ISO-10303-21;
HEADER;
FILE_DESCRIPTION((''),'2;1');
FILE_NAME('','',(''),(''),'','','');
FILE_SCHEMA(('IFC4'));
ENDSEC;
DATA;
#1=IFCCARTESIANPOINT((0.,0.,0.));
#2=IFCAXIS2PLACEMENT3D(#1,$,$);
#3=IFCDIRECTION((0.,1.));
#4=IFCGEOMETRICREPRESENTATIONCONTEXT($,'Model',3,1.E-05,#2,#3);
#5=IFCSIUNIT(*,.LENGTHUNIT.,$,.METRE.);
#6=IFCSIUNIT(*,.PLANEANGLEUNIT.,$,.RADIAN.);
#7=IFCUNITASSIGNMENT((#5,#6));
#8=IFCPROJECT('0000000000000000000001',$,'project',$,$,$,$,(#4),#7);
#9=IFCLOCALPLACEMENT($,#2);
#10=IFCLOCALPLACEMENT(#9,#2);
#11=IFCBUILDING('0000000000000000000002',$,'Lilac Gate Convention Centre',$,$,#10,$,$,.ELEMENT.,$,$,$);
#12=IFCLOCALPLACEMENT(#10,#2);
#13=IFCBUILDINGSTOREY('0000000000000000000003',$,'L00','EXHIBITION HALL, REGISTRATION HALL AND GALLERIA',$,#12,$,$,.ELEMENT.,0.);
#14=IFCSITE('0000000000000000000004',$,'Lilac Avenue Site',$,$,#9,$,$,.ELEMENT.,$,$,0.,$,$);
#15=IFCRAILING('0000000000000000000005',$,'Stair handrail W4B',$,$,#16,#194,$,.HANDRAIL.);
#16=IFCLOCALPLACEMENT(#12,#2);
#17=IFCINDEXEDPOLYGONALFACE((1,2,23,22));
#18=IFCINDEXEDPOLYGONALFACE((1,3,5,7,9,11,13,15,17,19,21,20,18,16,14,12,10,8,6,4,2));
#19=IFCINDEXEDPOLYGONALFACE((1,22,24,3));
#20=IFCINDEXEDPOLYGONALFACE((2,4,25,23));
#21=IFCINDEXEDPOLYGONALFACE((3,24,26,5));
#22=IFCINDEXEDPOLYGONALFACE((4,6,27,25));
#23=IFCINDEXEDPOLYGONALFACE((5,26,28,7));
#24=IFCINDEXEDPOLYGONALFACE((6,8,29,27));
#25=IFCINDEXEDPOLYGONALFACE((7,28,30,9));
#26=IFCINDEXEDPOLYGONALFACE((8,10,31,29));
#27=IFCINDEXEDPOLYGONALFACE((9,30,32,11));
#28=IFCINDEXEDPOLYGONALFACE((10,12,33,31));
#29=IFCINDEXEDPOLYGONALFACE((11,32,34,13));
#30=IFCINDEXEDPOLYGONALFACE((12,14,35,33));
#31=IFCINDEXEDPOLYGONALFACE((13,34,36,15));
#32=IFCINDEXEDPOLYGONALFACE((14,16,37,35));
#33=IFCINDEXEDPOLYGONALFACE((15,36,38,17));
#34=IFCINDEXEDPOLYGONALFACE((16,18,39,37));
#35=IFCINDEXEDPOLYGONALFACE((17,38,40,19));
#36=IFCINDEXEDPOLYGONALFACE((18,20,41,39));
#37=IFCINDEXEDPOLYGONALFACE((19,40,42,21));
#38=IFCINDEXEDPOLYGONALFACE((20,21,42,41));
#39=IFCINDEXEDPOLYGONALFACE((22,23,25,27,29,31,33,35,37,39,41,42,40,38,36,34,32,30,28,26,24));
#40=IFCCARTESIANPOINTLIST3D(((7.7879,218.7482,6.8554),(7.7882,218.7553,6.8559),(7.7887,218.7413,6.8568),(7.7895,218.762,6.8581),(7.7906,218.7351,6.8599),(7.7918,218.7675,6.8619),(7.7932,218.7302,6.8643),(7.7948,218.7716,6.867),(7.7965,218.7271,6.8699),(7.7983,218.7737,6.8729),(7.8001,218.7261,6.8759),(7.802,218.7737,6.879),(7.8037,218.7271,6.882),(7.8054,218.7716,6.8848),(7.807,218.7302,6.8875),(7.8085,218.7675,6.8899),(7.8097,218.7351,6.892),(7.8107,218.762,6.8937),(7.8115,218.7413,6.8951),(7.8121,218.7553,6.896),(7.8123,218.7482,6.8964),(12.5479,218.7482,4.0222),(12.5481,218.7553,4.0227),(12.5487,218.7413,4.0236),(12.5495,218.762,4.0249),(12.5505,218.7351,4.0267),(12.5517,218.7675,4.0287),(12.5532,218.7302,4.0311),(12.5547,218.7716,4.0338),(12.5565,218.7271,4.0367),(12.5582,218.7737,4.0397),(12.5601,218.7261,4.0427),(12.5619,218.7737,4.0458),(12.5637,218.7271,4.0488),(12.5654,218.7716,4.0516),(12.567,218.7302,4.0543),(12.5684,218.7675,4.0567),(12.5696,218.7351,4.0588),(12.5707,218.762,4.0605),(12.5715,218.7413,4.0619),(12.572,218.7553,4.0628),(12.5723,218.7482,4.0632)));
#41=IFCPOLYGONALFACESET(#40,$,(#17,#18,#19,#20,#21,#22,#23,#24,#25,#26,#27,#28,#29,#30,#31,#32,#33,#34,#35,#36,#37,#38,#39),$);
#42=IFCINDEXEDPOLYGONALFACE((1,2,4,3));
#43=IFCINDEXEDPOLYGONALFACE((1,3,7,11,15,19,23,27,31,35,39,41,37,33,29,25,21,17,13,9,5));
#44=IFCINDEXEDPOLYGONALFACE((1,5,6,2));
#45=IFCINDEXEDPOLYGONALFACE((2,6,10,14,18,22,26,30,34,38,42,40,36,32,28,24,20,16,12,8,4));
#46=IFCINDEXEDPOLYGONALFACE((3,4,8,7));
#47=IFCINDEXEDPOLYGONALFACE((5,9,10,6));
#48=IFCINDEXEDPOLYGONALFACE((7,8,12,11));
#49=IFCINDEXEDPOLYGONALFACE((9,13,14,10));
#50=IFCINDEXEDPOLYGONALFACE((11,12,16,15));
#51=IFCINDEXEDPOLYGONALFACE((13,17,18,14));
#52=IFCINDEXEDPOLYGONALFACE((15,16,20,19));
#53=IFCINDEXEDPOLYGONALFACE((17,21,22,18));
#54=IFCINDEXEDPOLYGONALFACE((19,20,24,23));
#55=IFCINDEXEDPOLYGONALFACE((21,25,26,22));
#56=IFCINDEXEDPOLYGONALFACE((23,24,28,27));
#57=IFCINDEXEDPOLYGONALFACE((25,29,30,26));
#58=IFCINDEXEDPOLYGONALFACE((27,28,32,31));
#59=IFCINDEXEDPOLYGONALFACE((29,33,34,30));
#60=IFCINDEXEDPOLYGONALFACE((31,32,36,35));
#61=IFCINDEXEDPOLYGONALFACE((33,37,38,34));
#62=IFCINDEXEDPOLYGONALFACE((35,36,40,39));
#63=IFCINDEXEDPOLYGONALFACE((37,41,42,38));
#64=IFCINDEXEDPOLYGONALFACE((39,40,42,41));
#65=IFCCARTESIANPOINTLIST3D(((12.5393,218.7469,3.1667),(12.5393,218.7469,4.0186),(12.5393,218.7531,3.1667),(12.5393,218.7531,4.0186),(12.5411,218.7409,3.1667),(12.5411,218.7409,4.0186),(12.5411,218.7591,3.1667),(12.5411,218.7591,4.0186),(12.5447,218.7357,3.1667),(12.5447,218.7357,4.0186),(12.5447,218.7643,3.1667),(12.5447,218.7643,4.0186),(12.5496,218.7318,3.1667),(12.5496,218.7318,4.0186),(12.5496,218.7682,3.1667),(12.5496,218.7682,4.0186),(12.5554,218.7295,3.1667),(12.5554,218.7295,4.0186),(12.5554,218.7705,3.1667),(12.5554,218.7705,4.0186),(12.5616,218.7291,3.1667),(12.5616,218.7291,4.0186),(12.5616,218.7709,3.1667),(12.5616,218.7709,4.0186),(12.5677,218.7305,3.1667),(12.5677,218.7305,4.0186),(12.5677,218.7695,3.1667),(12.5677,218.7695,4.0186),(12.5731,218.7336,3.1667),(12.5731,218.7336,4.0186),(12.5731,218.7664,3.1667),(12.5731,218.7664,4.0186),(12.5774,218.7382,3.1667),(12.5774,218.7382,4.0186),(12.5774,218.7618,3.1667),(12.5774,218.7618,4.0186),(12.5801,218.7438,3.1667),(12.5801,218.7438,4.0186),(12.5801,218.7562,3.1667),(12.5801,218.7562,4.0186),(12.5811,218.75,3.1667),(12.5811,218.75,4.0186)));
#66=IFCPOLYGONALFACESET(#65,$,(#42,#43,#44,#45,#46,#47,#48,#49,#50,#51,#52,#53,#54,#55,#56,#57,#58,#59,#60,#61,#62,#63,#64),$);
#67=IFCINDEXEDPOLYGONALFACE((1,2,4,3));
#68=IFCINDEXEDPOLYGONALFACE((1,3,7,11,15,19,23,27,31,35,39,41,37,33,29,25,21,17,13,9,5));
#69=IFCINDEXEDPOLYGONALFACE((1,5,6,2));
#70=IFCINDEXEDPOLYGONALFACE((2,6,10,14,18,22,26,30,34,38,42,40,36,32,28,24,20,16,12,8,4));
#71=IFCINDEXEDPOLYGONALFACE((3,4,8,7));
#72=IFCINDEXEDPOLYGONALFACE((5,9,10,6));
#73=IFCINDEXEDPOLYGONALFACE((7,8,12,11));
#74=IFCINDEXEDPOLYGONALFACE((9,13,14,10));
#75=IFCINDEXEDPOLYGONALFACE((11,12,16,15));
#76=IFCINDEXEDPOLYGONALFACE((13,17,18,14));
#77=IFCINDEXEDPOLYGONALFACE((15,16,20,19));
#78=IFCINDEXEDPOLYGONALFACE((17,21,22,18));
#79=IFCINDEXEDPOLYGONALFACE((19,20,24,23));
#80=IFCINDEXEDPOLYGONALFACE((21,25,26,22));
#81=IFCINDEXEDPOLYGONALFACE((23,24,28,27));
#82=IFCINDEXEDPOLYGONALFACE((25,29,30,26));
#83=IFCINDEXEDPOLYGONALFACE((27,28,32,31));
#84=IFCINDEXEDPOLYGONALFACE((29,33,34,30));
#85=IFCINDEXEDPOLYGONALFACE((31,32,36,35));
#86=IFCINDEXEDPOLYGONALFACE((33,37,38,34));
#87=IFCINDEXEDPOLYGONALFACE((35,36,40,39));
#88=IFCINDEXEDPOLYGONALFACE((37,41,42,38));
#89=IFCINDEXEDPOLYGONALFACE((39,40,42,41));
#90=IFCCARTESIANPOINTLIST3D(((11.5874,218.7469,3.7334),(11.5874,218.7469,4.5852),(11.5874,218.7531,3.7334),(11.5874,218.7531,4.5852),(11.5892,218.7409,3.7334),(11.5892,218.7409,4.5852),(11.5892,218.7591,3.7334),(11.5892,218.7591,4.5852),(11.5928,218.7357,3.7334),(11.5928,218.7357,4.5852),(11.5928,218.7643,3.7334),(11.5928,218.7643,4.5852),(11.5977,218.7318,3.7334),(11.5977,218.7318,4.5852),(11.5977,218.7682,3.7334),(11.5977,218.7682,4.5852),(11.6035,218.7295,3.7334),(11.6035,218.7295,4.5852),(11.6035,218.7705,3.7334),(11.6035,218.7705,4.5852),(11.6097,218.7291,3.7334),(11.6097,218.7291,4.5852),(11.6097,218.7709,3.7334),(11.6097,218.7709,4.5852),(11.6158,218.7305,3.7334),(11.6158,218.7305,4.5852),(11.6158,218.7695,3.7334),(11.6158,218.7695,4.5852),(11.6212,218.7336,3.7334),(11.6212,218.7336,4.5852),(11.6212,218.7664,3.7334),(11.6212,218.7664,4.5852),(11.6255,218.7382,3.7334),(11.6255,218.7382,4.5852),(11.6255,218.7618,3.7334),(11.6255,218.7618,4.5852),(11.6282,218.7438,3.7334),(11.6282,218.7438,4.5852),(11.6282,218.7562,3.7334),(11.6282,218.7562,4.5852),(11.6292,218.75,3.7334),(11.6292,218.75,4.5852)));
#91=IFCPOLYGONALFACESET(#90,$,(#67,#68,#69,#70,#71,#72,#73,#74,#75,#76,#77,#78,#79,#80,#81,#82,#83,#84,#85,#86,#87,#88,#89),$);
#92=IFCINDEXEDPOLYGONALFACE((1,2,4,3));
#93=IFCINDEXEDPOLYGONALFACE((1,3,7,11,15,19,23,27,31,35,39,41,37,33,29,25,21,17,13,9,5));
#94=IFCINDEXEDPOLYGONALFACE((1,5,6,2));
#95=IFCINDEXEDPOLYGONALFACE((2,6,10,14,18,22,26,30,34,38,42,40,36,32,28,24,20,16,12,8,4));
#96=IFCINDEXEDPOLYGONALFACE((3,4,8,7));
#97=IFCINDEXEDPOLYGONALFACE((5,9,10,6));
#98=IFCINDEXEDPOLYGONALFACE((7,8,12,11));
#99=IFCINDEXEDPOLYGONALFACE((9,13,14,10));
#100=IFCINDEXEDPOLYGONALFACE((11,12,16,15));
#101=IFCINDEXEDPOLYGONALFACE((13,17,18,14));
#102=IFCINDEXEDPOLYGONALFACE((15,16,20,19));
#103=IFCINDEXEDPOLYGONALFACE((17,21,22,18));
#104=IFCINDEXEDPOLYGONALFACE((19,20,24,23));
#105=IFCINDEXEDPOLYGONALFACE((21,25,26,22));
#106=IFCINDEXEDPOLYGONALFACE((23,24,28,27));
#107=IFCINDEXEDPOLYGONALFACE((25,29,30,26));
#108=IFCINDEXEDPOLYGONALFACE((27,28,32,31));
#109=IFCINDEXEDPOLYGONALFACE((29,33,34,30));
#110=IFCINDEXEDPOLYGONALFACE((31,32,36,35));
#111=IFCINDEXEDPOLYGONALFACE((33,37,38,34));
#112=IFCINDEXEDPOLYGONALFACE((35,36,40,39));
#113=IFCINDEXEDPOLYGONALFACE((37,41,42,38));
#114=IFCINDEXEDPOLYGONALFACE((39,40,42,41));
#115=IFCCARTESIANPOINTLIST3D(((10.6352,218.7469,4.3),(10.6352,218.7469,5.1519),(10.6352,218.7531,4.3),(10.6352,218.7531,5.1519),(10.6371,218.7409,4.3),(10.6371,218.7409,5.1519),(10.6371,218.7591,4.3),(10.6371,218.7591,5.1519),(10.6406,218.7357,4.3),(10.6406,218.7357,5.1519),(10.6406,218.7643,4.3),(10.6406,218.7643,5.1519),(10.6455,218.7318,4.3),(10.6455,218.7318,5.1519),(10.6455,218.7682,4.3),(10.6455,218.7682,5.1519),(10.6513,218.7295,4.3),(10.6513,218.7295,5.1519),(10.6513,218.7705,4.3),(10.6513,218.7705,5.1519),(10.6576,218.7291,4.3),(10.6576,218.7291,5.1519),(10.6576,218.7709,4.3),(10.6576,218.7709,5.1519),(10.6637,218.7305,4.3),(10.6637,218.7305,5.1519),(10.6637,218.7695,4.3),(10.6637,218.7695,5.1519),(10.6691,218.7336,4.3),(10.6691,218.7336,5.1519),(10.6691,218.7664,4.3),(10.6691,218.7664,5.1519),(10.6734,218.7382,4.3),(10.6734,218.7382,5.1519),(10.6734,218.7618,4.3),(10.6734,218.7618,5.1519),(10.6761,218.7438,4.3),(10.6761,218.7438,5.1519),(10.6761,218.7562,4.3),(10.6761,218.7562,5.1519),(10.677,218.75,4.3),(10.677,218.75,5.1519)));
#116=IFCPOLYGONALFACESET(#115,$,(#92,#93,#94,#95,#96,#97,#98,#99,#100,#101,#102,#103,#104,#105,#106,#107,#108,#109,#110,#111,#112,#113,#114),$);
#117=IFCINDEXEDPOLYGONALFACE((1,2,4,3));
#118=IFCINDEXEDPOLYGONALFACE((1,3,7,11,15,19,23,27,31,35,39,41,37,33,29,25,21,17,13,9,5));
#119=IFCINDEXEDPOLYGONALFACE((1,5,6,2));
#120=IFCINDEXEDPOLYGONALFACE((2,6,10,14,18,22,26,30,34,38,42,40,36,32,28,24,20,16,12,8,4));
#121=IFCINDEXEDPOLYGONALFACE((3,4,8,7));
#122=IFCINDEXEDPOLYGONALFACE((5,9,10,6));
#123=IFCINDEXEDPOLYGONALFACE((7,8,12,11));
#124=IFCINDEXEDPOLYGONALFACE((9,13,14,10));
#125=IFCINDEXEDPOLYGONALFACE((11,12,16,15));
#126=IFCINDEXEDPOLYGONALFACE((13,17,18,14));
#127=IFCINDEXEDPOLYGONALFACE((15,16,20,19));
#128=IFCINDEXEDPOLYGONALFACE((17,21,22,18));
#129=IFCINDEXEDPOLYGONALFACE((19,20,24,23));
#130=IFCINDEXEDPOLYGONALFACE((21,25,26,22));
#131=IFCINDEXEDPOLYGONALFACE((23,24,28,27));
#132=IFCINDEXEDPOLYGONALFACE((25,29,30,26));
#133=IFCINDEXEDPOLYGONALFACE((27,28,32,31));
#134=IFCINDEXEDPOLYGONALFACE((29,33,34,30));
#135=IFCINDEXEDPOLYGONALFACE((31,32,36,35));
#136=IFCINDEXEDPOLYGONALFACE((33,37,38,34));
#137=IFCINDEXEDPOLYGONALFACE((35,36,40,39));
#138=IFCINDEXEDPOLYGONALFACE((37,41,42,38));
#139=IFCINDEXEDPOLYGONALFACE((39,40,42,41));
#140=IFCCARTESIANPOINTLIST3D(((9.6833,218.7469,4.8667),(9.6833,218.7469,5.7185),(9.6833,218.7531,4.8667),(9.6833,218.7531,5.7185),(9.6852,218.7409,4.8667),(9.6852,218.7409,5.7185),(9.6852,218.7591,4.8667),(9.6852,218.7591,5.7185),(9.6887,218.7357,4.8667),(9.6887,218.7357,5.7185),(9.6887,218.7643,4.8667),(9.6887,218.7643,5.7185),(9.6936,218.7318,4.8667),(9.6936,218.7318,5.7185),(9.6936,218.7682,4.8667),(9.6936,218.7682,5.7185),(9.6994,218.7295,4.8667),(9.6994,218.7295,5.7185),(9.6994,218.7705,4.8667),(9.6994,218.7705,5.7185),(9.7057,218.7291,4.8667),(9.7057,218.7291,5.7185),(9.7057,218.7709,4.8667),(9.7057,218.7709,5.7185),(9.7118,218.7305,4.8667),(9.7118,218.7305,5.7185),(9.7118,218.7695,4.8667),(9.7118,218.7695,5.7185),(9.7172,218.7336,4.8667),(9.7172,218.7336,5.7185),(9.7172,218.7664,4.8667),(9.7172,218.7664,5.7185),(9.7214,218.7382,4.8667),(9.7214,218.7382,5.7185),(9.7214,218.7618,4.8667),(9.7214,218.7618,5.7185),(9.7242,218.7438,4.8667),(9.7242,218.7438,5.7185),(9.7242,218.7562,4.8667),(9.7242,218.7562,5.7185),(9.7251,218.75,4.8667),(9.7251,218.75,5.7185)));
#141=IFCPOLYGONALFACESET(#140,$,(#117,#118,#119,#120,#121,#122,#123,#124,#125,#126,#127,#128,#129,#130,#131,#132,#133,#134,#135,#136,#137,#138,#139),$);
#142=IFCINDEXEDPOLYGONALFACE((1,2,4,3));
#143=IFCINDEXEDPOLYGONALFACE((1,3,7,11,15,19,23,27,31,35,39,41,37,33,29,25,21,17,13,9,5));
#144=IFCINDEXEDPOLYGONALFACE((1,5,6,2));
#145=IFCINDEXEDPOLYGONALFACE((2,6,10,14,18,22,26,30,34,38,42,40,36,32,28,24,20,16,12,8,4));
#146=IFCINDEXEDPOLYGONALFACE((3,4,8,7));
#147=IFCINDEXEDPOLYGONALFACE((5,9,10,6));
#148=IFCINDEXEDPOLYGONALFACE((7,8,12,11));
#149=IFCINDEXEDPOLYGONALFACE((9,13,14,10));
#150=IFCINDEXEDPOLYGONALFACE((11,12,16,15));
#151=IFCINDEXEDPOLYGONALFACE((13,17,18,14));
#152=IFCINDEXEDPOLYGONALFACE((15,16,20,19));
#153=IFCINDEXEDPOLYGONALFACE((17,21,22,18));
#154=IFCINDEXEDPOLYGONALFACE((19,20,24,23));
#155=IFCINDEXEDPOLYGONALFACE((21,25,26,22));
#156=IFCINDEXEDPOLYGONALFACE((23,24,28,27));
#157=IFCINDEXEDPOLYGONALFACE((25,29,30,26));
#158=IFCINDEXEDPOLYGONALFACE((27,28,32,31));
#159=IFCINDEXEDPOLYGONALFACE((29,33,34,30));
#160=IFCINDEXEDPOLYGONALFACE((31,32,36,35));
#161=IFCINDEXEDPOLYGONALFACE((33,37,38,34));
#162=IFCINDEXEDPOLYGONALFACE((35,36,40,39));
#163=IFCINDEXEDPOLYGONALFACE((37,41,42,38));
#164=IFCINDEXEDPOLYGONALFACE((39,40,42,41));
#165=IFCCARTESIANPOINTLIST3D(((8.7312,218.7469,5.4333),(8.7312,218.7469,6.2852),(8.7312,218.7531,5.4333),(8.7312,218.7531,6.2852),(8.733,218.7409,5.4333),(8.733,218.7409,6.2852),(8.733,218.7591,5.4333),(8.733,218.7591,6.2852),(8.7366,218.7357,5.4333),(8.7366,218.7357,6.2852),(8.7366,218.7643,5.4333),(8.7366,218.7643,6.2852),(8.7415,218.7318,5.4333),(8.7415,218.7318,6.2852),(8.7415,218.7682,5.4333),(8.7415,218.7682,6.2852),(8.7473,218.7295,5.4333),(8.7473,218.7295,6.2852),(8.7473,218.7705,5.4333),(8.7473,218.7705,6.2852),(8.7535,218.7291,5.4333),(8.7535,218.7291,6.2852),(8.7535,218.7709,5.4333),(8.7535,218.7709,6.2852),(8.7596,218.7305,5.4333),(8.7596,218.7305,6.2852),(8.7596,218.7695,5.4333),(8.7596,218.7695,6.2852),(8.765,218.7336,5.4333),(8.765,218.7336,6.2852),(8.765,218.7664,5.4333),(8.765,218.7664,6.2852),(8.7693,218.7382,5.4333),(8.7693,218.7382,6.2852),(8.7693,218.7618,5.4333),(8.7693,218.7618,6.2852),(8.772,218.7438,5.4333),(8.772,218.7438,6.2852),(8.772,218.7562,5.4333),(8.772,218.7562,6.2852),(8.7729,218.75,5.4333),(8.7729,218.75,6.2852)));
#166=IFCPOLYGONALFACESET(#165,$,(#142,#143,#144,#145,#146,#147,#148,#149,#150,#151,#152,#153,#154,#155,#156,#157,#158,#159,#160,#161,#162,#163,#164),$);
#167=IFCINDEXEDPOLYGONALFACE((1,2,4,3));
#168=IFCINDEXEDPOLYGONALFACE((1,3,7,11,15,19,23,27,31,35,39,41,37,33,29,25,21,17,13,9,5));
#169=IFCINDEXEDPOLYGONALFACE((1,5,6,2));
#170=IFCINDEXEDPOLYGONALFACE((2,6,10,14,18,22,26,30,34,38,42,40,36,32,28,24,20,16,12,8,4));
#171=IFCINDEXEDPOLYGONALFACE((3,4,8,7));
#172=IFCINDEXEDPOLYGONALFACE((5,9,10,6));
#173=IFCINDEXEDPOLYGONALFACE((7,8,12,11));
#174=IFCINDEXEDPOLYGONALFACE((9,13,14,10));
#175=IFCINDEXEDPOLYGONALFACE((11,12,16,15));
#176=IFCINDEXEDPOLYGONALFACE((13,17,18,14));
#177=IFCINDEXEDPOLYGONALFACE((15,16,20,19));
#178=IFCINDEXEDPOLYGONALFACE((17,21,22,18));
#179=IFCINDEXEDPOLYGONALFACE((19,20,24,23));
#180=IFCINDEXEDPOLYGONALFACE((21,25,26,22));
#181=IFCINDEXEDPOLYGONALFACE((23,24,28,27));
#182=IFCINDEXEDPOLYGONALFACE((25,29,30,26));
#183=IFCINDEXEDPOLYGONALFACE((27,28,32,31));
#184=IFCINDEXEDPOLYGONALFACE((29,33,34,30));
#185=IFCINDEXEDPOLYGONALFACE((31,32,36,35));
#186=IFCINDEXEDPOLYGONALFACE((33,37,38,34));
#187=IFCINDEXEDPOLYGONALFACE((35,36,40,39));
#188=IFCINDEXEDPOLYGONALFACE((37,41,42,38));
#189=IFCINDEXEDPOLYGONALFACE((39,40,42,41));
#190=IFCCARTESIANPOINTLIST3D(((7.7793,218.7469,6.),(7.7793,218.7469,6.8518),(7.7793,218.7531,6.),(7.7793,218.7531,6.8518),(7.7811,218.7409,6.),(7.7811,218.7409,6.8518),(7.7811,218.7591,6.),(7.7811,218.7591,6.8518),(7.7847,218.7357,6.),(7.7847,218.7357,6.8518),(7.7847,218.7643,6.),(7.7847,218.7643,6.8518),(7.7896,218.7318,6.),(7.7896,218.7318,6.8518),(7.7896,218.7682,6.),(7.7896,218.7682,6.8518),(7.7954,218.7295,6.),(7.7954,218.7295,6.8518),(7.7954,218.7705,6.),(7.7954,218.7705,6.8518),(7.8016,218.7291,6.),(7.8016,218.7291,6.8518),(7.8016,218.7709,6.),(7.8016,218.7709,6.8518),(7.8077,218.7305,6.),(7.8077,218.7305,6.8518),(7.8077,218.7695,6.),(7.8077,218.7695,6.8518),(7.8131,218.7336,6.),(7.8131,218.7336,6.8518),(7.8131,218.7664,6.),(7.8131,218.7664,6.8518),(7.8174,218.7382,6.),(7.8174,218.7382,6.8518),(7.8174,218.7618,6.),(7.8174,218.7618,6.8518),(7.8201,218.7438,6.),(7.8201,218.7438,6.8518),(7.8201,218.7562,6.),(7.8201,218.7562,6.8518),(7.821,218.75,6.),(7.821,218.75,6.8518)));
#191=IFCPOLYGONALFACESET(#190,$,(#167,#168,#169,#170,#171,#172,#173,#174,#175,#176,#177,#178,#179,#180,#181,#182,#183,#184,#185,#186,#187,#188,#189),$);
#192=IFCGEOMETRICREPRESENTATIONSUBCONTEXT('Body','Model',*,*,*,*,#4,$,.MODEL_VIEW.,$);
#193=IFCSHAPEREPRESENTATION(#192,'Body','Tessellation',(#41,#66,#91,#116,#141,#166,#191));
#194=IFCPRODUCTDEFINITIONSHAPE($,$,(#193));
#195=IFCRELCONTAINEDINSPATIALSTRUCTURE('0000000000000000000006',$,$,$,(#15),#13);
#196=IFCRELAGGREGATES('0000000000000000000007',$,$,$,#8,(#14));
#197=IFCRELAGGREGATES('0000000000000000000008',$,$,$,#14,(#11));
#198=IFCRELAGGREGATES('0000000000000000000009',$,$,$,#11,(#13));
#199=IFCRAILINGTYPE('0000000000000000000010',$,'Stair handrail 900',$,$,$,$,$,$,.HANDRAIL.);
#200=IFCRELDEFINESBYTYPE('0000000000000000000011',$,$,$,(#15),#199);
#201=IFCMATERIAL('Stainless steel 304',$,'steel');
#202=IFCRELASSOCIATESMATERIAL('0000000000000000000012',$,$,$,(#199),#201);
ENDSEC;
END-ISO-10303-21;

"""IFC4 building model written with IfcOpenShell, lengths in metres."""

from ifc_helpers import new_model, si_unit, direction, frame, origin, origin_2d, place, context, subcontext, project, spatial, circle, extrude, material, type_object, element, save


model = new_model("IFC4")

# Units and contexts
model_context = context("Model", 3, precision=1e-05, world=origin(), true_north=direction((0.0, 1.0)))
body_context = subcontext(model_context, "Body", "Model", "MODEL_VIEW")
ifc_project = project(units=[si_unit("LENGTHUNIT", "METRE"), si_unit("PLANEANGLEUNIT", "RADIAN")], contexts=[model_context])

# Site, building, storey
site_placement = place(None, origin())
site = spatial("IfcSite", under=ifc_project, at=site_placement, Name="Lilac Avenue Site", CompositionType="ELEMENT", RefElevation=0.0)
building_placement = place(site_placement, origin())
building = spatial("IfcBuilding", under=site, at=building_placement, Name="Lilac Gate Convention Centre", CompositionType="ELEMENT")
storey_placement = place(building_placement, origin())
storey = spatial("IfcBuildingStorey", under=building, at=storey_placement, Name="L00", Description="EXHIBITION HALL, REGISTRATION HALL AND GALLERIA", CompositionType="ELEMENT", Elevation=0.0)

# Railing
ifc_material_1 = material(Name="Stainless steel 304", Category="steel")
railing_type = type_object("IfcRailingType", Name="Stair handrail 900", PredefinedType="HANDRAIL", material=ifc_material_1)
railing_1_placement = place(storey_placement, frame((12.5601, 218.75, 3.1667)))
element("IfcRailing", 1, at=railing_1_placement, inside=storey, type_object=railing_type, Name="Stair handrail W4B", PredefinedType="HANDRAIL", context=body_context, shape_type="SweptSolid", body=[
    extrude(circle(Radius=0.0239, at=origin_2d()), frame((0.0, 0.0, 0.876), z_axis=(-0.8593, 0.0, 0.511472), x_axis=(0.0, -1.0, 0.0)), (0.0, 0.0, 1.0), 5.5393),
    extrude(circle(Radius=0.021, at=origin_2d()), origin(), (0.0, 0.0, 1.0), 0.8518),
    extrude(circle(Radius=0.021, at=origin_2d()), frame((-0.9519, 0.0, 0.5667)), (0.0, 0.0, 1.0), 0.8518),
    extrude(circle(Radius=0.021, at=origin_2d()), frame((-1.9041, 0.0, 1.1333)), (0.0, 0.0, 1.0), 0.8518),
    extrude(circle(Radius=0.021, at=origin_2d()), frame((-2.856, 0.0, 1.7)), (0.0, 0.0, 1.0), 0.8518),
    extrude(circle(Radius=0.021, at=origin_2d()), frame((-3.8081, 0.0, 2.2666)), (0.0, 0.0, 1.0), 0.8518),
    extrude(circle(Radius=0.021, at=origin_2d()), frame((-4.76, 0.0, 2.8333)), (0.0, 0.0, 1.0), 0.8518),
])

save(model, "model.ifc")
